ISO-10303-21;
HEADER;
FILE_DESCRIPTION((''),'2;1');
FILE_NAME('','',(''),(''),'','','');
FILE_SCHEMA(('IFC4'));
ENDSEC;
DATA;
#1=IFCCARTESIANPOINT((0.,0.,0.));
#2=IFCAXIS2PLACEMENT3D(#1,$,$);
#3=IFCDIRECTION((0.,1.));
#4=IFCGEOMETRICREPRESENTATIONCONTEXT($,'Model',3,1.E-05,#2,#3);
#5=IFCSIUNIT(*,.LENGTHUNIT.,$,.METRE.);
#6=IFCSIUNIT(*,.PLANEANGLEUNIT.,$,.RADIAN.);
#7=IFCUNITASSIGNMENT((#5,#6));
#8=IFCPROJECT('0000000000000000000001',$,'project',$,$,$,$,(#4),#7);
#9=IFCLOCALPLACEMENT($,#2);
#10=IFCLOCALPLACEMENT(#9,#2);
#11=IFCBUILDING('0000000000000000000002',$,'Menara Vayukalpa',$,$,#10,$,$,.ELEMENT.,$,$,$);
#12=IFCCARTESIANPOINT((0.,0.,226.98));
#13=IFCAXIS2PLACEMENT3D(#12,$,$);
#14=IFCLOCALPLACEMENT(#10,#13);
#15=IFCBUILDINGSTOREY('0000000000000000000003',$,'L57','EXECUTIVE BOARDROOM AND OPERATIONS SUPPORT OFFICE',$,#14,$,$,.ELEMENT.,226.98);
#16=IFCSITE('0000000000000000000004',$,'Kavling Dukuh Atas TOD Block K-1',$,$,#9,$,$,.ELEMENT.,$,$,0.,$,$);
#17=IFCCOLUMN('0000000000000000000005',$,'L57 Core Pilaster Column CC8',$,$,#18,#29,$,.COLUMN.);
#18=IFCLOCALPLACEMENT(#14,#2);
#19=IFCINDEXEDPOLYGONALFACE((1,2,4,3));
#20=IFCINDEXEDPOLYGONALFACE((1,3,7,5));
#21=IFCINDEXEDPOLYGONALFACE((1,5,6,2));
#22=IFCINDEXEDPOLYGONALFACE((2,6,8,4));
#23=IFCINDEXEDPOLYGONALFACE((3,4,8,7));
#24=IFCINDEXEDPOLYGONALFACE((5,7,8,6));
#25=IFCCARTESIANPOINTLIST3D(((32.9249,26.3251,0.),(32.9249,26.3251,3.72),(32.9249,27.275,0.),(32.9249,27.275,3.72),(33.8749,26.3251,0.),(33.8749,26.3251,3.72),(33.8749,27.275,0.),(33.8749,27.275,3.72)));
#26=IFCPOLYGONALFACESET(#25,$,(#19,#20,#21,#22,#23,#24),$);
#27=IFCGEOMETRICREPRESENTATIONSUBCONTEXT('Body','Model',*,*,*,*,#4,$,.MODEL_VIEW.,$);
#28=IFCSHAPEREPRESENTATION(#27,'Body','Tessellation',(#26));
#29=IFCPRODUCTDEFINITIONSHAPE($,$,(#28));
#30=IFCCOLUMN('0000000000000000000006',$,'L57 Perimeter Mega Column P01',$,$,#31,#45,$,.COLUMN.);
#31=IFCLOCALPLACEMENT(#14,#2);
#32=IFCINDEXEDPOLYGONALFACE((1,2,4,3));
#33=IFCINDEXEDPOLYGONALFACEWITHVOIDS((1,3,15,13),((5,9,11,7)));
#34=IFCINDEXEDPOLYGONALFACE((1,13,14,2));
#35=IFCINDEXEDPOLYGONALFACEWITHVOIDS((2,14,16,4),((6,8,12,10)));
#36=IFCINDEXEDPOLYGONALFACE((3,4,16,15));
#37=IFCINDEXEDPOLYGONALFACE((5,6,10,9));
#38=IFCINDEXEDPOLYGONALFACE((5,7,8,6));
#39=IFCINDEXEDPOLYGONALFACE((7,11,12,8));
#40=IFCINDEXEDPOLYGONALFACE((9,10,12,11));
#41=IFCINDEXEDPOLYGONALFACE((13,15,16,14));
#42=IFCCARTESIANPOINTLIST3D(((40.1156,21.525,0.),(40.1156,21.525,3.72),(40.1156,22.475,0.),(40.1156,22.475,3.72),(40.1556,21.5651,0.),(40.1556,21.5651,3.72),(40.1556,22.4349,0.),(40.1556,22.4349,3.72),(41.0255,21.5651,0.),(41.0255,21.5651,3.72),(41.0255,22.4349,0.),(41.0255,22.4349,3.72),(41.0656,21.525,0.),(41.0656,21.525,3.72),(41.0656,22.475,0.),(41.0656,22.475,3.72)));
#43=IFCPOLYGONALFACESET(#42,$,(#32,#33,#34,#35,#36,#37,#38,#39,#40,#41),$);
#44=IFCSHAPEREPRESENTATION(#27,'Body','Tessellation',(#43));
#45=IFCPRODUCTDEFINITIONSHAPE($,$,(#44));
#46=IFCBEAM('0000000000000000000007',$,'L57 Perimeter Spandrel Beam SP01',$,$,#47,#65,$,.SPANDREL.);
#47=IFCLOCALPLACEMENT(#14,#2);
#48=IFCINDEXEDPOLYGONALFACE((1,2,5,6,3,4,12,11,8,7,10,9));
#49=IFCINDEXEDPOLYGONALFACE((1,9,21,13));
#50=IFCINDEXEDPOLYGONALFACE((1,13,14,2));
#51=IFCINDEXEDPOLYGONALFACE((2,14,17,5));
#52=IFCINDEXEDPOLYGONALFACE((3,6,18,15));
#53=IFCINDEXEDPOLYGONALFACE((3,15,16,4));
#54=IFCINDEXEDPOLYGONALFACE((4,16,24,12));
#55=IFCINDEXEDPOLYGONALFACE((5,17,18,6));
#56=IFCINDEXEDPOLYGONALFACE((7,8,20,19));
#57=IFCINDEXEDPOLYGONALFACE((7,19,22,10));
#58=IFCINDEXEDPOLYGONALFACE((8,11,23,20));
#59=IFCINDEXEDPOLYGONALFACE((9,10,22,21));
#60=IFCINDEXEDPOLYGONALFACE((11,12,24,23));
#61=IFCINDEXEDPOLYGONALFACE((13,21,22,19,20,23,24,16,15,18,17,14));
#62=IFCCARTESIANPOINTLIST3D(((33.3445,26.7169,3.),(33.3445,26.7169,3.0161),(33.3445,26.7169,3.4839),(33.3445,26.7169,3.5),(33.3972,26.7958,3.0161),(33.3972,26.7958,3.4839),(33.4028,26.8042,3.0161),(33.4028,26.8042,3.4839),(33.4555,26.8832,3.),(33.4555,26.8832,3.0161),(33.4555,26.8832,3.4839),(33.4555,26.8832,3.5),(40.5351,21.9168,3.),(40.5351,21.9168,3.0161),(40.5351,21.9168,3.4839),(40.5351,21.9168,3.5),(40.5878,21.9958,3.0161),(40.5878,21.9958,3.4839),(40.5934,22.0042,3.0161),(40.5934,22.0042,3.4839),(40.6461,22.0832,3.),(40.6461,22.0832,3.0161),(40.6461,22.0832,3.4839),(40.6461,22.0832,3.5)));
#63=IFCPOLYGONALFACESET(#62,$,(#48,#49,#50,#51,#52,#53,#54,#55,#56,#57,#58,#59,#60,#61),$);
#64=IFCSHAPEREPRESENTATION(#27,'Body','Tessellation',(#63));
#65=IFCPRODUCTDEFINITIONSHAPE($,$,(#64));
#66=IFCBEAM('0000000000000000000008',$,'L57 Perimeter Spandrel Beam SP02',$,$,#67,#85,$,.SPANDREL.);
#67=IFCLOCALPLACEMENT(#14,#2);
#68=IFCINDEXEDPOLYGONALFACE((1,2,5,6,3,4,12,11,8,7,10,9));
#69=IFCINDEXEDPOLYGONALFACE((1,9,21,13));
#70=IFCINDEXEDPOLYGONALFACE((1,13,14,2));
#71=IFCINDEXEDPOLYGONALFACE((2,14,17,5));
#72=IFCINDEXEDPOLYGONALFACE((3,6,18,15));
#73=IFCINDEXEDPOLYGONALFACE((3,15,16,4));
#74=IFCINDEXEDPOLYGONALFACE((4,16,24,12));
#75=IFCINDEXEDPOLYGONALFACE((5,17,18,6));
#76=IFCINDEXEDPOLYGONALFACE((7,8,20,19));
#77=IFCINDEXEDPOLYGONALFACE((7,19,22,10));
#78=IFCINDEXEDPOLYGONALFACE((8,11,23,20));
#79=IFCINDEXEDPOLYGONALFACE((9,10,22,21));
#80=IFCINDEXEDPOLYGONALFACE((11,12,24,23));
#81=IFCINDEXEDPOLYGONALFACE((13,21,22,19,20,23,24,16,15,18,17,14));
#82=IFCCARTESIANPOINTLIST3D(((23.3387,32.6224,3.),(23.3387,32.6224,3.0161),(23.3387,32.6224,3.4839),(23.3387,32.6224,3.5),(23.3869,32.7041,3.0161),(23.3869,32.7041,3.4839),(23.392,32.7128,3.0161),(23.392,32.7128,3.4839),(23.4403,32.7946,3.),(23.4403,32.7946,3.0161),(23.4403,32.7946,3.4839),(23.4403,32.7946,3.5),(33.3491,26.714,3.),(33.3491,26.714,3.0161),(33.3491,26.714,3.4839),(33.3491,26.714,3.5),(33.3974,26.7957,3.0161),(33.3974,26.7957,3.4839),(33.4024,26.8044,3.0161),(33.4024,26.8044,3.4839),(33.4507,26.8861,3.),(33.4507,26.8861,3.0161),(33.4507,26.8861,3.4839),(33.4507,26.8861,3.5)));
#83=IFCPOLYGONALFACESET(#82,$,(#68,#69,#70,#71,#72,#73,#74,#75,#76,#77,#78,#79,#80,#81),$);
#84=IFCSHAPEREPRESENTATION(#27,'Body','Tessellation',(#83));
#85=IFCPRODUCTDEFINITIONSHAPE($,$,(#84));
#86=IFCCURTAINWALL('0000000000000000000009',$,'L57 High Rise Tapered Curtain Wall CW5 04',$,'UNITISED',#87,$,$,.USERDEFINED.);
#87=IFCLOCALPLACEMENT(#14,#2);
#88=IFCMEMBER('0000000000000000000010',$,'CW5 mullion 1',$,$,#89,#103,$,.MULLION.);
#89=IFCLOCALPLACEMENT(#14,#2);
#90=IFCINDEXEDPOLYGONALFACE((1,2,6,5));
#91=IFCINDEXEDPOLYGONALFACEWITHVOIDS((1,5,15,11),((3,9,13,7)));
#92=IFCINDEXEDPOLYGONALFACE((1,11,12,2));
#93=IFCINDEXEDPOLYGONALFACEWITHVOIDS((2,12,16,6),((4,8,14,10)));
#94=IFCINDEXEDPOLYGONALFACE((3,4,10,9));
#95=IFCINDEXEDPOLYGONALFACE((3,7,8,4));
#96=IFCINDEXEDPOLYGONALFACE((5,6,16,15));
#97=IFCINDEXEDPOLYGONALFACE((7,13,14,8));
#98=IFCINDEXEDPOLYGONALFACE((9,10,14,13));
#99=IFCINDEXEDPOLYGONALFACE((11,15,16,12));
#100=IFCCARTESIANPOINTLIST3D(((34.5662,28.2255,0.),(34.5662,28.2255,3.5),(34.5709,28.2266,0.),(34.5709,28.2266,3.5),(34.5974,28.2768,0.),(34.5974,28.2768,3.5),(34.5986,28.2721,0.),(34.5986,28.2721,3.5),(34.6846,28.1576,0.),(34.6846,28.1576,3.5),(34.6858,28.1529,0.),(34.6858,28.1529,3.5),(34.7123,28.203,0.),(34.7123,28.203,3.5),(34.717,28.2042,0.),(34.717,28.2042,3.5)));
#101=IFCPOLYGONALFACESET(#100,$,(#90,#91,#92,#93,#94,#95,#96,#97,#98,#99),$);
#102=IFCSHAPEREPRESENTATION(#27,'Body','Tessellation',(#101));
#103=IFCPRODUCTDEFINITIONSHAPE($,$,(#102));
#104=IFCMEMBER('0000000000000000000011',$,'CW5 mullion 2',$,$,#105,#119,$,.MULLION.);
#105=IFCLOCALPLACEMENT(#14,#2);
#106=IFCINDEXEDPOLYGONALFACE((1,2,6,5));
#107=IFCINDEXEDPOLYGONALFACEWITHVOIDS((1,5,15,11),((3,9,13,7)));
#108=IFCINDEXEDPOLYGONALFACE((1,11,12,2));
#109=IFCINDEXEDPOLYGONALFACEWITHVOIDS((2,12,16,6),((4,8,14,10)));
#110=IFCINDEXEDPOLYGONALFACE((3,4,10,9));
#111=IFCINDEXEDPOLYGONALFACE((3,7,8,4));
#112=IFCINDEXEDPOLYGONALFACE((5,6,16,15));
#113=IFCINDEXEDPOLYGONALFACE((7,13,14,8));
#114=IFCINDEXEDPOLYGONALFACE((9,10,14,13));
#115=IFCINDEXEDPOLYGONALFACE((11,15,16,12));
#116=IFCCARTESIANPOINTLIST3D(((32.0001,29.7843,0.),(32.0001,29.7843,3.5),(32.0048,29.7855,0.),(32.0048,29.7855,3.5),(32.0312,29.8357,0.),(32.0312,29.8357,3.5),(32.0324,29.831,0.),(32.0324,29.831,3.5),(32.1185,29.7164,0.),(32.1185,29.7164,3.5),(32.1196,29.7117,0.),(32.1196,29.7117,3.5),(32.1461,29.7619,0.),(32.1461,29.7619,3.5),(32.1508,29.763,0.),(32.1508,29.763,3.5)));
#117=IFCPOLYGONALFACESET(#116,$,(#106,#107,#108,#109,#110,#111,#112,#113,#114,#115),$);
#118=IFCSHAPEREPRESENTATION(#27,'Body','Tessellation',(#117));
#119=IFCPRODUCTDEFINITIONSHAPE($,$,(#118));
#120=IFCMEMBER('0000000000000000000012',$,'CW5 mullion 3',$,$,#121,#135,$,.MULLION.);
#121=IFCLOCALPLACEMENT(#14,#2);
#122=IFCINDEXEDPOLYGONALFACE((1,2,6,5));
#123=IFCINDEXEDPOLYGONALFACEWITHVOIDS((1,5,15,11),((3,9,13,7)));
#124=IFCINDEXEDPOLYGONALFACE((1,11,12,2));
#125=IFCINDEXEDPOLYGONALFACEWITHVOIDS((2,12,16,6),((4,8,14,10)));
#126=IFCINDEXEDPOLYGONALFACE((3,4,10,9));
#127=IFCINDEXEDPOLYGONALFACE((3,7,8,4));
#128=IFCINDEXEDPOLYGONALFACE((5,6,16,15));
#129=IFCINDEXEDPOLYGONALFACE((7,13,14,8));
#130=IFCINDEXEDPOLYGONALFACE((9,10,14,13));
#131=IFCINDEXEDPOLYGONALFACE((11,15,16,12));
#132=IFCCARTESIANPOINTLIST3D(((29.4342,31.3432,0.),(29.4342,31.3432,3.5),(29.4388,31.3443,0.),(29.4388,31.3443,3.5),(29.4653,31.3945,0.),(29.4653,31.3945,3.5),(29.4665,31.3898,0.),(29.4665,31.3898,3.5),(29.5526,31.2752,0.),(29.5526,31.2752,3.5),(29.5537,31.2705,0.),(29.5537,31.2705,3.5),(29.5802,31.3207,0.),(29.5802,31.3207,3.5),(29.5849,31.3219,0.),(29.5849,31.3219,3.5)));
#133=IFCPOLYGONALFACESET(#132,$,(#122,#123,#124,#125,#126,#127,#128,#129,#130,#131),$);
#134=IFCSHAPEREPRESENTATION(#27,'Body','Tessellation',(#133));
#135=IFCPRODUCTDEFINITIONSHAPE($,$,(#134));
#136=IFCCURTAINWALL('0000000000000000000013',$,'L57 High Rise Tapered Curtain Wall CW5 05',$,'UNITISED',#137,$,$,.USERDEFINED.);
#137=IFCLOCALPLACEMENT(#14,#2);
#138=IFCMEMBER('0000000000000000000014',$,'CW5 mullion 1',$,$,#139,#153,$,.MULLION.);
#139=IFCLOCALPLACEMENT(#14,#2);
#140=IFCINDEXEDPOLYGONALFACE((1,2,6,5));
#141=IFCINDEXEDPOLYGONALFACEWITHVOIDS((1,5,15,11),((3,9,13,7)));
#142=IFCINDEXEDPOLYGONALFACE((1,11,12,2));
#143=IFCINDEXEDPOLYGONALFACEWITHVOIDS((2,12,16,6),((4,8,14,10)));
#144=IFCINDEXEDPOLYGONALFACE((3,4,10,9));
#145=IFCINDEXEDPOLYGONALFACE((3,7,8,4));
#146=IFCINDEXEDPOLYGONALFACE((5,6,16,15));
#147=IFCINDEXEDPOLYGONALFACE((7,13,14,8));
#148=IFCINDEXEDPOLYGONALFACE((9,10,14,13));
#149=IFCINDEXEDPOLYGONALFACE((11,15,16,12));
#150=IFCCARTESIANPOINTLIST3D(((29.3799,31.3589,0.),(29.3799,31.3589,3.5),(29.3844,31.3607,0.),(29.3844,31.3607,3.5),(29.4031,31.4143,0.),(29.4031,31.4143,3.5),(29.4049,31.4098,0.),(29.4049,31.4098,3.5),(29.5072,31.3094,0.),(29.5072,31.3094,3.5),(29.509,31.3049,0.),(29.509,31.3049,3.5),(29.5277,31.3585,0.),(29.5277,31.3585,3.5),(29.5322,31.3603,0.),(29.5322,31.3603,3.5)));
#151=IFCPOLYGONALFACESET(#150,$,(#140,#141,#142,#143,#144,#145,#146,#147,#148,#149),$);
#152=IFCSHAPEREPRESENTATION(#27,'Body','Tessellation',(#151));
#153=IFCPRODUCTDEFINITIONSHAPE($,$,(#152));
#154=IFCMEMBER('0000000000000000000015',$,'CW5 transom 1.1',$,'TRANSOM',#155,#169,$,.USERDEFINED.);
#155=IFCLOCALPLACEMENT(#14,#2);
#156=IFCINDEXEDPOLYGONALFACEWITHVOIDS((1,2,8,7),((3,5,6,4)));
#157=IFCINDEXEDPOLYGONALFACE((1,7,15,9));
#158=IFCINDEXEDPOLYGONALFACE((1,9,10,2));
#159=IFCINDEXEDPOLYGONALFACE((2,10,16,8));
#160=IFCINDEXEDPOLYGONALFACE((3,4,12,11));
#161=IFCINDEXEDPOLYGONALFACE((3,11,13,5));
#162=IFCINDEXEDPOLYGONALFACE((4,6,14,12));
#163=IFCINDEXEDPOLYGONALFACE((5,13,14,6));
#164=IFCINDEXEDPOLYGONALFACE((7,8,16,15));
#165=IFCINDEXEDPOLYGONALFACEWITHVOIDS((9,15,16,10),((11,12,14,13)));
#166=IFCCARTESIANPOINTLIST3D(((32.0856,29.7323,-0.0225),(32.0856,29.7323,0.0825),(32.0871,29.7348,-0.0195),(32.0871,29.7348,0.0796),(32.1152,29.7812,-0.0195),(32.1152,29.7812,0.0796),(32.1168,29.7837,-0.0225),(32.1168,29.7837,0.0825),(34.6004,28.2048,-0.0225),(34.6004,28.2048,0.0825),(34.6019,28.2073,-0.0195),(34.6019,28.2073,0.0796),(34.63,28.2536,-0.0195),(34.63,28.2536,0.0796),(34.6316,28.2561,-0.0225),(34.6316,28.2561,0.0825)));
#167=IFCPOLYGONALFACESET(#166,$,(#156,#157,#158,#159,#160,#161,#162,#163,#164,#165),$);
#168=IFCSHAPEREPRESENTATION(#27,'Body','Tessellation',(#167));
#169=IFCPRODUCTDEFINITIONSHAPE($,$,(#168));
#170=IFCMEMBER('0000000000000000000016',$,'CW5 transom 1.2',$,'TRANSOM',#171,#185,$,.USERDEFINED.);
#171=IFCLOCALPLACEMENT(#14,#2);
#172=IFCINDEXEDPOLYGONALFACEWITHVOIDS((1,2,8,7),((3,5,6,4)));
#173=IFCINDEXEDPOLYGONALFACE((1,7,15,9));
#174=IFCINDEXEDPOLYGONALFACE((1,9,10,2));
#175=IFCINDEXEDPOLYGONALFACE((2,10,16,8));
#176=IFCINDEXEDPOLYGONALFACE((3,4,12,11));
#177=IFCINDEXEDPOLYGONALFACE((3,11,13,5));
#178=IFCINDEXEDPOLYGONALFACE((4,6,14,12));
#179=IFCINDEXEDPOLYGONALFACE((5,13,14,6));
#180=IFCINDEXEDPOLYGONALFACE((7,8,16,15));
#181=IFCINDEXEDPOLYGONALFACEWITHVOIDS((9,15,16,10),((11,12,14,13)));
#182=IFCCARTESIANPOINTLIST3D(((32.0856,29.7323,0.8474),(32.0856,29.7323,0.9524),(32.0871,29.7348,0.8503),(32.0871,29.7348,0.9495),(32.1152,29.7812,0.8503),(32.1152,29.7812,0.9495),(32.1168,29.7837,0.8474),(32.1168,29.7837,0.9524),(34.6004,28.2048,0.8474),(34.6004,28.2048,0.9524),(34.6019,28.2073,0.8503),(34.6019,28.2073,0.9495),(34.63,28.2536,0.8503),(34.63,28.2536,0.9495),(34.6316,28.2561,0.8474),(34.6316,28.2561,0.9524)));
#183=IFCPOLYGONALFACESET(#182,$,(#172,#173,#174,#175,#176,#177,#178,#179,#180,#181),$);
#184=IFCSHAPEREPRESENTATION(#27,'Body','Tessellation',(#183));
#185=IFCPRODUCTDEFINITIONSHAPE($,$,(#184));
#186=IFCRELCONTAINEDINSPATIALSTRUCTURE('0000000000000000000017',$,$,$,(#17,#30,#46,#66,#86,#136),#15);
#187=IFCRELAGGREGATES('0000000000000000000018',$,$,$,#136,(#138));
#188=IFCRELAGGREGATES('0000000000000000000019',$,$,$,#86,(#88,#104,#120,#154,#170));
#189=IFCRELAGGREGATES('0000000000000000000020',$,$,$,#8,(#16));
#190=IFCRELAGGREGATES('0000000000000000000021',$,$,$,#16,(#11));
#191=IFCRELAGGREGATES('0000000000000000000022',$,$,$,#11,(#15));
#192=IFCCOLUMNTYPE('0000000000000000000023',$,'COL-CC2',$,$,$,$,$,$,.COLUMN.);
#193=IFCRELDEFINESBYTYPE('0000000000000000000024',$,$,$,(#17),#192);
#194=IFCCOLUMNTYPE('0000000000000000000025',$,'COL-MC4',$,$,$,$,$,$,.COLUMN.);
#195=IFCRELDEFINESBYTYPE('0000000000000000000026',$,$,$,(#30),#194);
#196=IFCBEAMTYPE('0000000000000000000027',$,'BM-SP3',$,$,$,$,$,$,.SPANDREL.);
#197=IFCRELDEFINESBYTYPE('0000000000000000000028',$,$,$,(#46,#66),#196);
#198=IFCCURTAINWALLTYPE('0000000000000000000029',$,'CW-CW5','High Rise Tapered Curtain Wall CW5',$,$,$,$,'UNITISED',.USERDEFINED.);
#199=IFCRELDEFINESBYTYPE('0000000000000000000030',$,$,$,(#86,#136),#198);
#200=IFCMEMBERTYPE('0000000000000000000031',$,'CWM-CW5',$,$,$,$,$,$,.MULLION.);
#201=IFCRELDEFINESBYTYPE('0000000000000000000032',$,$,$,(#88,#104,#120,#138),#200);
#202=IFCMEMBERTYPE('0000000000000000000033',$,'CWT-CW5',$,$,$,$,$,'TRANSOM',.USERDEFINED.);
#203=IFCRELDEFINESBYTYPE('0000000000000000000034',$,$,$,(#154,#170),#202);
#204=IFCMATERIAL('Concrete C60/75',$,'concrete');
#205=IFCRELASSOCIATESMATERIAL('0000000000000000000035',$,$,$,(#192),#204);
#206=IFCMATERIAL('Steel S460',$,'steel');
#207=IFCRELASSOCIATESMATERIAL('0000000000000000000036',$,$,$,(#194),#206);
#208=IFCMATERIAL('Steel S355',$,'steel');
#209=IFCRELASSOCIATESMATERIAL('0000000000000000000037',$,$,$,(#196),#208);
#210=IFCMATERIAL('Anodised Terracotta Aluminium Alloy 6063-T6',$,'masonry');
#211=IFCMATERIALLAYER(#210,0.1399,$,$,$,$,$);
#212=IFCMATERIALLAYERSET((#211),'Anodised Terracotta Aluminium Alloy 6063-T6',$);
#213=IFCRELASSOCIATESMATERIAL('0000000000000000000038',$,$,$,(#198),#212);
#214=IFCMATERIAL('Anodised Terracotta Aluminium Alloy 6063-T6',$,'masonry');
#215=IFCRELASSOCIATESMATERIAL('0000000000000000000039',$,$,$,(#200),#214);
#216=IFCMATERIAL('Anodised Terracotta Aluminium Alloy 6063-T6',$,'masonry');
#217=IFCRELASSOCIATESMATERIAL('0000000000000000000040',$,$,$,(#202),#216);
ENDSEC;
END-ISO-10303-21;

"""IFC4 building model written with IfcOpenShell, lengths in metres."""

from ifc_helpers import new_model, si_unit, direction, frame, origin, origin_2d, place, context, subcontext, project, spatial, rectangle, hollow_rectangle, i_section, extrude, material, layer, layer_set, material_profile, profile_set, type_object, element, aggregate, save


model = new_model("IFC4")

# Units and contexts
model_context = context("Model", 3, precision=1e-05, world=origin(), true_north=direction((0.0, 1.0)))
body_context = subcontext(model_context, "Body", "Model", "MODEL_VIEW")
ifc_project = project(units=[si_unit("LENGTHUNIT", "METRE"), si_unit("PLANEANGLEUNIT", "RADIAN")], contexts=[model_context])

# Site, building, storey
site_placement = place(None, origin())
site = spatial("IfcSite", under=ifc_project, at=site_placement, Name="Kavling Dukuh Atas TOD Block K-1", CompositionType="ELEMENT", RefElevation=0.0)
building_placement = place(site_placement, origin())
building = spatial("IfcBuilding", under=site, at=building_placement, Name="Menara Vayukalpa", CompositionType="ELEMENT")
storey_placement = place(building_placement, frame((0.0, 0.0, 226.98)))
storey = spatial("IfcBuildingStorey", under=building, at=storey_placement, Name="L57", Description="EXECUTIVE BOARDROOM AND OPERATIONS SUPPORT OFFICE", CompositionType="ELEMENT", Elevation=226.98)

# Columns
ifc_material_1 = material(Name="Concrete C60/75", Category="concrete")
ifc_material_profile_1 = material_profile(ifc_material_1, rectangle(XDim=0.95, YDim=0.95, at=origin_2d()), Name="RC 950x950")
ifc_profile_set_1 = profile_set([ifc_material_profile_1], Name="Concrete C60/75")
column_type_1 = type_object("IfcColumnType", Name="COL-CC2", PredefinedType="COLUMN", material=ifc_profile_set_1)
column_1_placement = place(storey_placement, frame((33.3999, 26.8, 0.0), z_axis=(0.0, 0.0, 1.0), x_axis=(1.0, 0.0, 0.0)))
element("IfcColumn", 1, at=column_1_placement, inside=storey, type_object=column_type_1, Name="L57 Core Pilaster Column CC8", PredefinedType="COLUMN", context=body_context, shape_type="SweptSolid", body=[
    extrude(rectangle(XDim=0.95, YDim=0.95, at=origin_2d()), origin(), (0.0, 0.0, 1.0), 3.72),
])
ifc_material_2 = material(Name="Steel S460", Category="steel")
ifc_material_profile_2 = material_profile(ifc_material_2, hollow_rectangle(XDim=0.95, YDim=0.95, WallThickness=0.04, at=origin_2d()), Name="BOX 950x950x40")
ifc_profile_set_2 = profile_set([ifc_material_profile_2], Name="Steel S460")
column_type_2 = type_object("IfcColumnType", Name="COL-MC4", PredefinedType="COLUMN", material=ifc_profile_set_2)
column_2_placement = place(storey_placement, frame((40.5906, 22.0, 0.0), z_axis=(0.0, 0.0, 1.0), x_axis=(1.0, 0.0, 0.0)))
element("IfcColumn", 2, at=column_2_placement, inside=storey, type_object=column_type_2, Name="L57 Perimeter Mega Column P01", PredefinedType="COLUMN", context=body_context, shape_type="SweptSolid", body=[
    extrude(hollow_rectangle(XDim=0.95, YDim=0.95, WallThickness=0.04, at=origin_2d()), origin(), (0.0, 0.0, 1.0), 3.72),
])

# Beams
ifc_material_3 = material(Name="Steel S355", Category="steel")
ifc_material_profile_3 = material_profile(ifc_material_3, i_section(OverallWidth=0.2, OverallDepth=0.5, WebThickness=0.01, FlangeThickness=0.0161, at=origin_2d()), Name="WF 500x200x10x16")
ifc_profile_set_3 = profile_set([ifc_material_profile_3], Name="Steel S355")
beam_type = type_object("IfcBeamType", Name="BM-SP3", PredefinedType="SPANDREL", material=ifc_profile_set_3)
beam_1_placement = place(storey_placement, frame((40.5906, 22.0, 3.25), z_axis=(-0.831716, 0.555202, 0.0), x_axis=(-0.555202, -0.831716, 0.0)))
element("IfcBeam", 3, at=beam_1_placement, inside=storey, type_object=beam_type, Name="L57 Perimeter Spandrel Beam SP01", PredefinedType="SPANDREL", context=body_context, shape_type="SweptSolid", body=[
    extrude(i_section(OverallWidth=0.2, OverallDepth=0.5, WebThickness=0.01, FlangeThickness=0.0161, at=origin_2d()), origin(), (0.0, 0.0, 1.0), 8.6455),
])
beam_2_placement = place(storey_placement, frame((33.3999, 26.8, 3.25), z_axis=(-0.861184, 0.508293, 0.0), x_axis=(-0.508293, -0.861184, 0.0)))
element("IfcBeam", 4, at=beam_2_placement, inside=storey, type_object=beam_type, Name="L57 Perimeter Spandrel Beam SP02", PredefinedType="SPANDREL", context=body_context, shape_type="SweptSolid", body=[
    extrude(i_section(OverallWidth=0.2, OverallDepth=0.5, WebThickness=0.01, FlangeThickness=0.0161, at=origin_2d()), origin(), (0.0, 0.0, 1.0), 11.624),
])

# Curtain wall, members
ifc_material_4 = material(Name="Anodised Terracotta Aluminium Alloy 6063-T6", Category="masonry")
ifc_layer_1 = layer(ifc_material_4, 0.1399)
ifc_layer_set_1 = layer_set([ifc_layer_1], Name="Anodised Terracotta Aluminium Alloy 6063-T6")
curtain_wall_type = type_object("IfcCurtainWallType", Name="CW-CW5", Description="High Rise Tapered Curtain Wall CW5", ElementType="UNITISED", PredefinedType="USERDEFINED", material=ifc_layer_set_1)
curtain_wall_1_placement = place(storey_placement, origin())
curtain_wall_1 = element("IfcCurtainWall", 5, at=curtain_wall_1_placement, inside=storey, type_object=curtain_wall_type, Name="L57 High Rise Tapered Curtain Wall CW5 04", ObjectType="UNITISED", PredefinedType="USERDEFINED")
ifc_material_5 = material(Name="Anodised Terracotta Aluminium Alloy 6063-T6", Category="masonry")
ifc_material_profile_4 = material_profile(ifc_material_5, hollow_rectangle(XDim=0.0601, YDim=0.1399, WallThickness=0.0034, at=origin_2d()), Name="ALU 60x140x3.5")
ifc_profile_set_4 = profile_set([ifc_material_profile_4], Name="Anodised Terracotta Aluminium Alloy 6063-T6")
member_type_1 = type_object("IfcMemberType", Name="CWM-CW5", PredefinedType="MULLION", material=ifc_profile_set_4)
member_1_placement = place(storey_placement, frame((34.6416, 28.2148, 0.0), z_axis=(0.0, 0.0, 1.0), x_axis=(-0.51918, -0.854665, 0.0)))
member_1 = element("IfcMember", 6, at=member_1_placement, type_object=member_type_1, Name="CW5 mullion 1", PredefinedType="MULLION", context=body_context, shape_type="SweptSolid", body=[
    extrude(hollow_rectangle(XDim=0.0601, YDim=0.1399, WallThickness=0.0034, at=origin_2d()), origin(), (0.0, 0.0, 1.0), 3.5),
])
member_2_placement = place(storey_placement, frame((32.0754, 29.7737, 0.0), z_axis=(0.0, 0.0, 1.0), x_axis=(-0.51918, -0.854665, 0.0)))
member_2 = element("IfcMember", 7, at=member_2_placement, type_object=member_type_1, Name="CW5 mullion 2", PredefinedType="MULLION", context=body_context, shape_type="SweptSolid", body=[
    extrude(hollow_rectangle(XDim=0.0601, YDim=0.1399, WallThickness=0.0034, at=origin_2d()), origin(), (0.0, 0.0, 1.0), 3.5),
])
member_3_placement = place(storey_placement, frame((29.5095, 31.3325, 0.0), z_axis=(0.0, 0.0, 1.0), x_axis=(-0.51918, -0.854665, 0.0)))
member_3 = element("IfcMember", 8, at=member_3_placement, type_object=member_type_1, Name="CW5 mullion 3", PredefinedType="MULLION", context=body_context, shape_type="SweptSolid", body=[
    extrude(hollow_rectangle(XDim=0.0601, YDim=0.1399, WallThickness=0.0034, at=origin_2d()), origin(), (0.0, 0.0, 1.0), 3.5),
])

# Curtain wall, member
curtain_wall_2_placement = place(storey_placement, origin())
curtain_wall_2 = element("IfcCurtainWall", 9, at=curtain_wall_2_placement, inside=storey, type_object=curtain_wall_type, Name="L57 High Rise Tapered Curtain Wall CW5 05", ObjectType="UNITISED", PredefinedType="USERDEFINED")
member_4_placement = place(storey_placement, frame((29.4561, 31.3596, 0.0), z_axis=(0.0, 0.0, 1.0), x_axis=(-0.385903, -0.922539, 0.0)))
member_4 = element("IfcMember", 10, at=member_4_placement, type_object=member_type_1, Name="CW5 mullion 1", PredefinedType="MULLION", context=body_context, shape_type="SweptSolid", body=[
    extrude(hollow_rectangle(XDim=0.0601, YDim=0.1399, WallThickness=0.0034, at=origin_2d()), origin(), (0.0, 0.0, 1.0), 3.5),
])

# Members
ifc_material_6 = material(Name="Anodised Terracotta Aluminium Alloy 6063-T6", Category="masonry")
ifc_material_profile_5 = material_profile(ifc_material_6, hollow_rectangle(XDim=0.0601, YDim=0.105, WallThickness=0.0029, at=origin_2d()), Name="ALU 60x105x3")
ifc_profile_set_5 = profile_set([ifc_material_profile_5], Name="Anodised Terracotta Aluminium Alloy 6063-T6")
member_type_2 = type_object("IfcMemberType", Name="CWT-CW5", ElementType="TRANSOM", PredefinedType="USERDEFINED", material=ifc_profile_set_5)
member_5_placement = place(storey_placement, frame((34.616, 28.2305, 0.03), z_axis=(-0.854684, 0.519149, 0.0), x_axis=(-0.519149, -0.854684, 0.0)))
member_5 = element("IfcMember", 11, at=member_5_placement, type_object=member_type_2, Name="CW5 transom 1.1", ObjectType="TRANSOM", PredefinedType="USERDEFINED", context=body_context, shape_type="SweptSolid", body=[
    extrude(hollow_rectangle(XDim=0.0601, YDim=0.105, WallThickness=0.0029, at=origin_2d()), origin(), (0.0, 0.0, 1.0), 2.9424),
])
member_6_placement = place(storey_placement, frame((34.616, 28.2305, 0.8999), z_axis=(-0.854684, 0.519149, 0.0), x_axis=(-0.519149, -0.854684, 0.0)))
member_6 = element("IfcMember", 12, at=member_6_placement, type_object=member_type_2, Name="CW5 transom 1.2", ObjectType="TRANSOM", PredefinedType="USERDEFINED", context=body_context, shape_type="SweptSolid", body=[
    extrude(hollow_rectangle(XDim=0.0601, YDim=0.105, WallThickness=0.0029, at=origin_2d()), origin(), (0.0, 0.0, 1.0), 2.9424),
])
aggregate(curtain_wall_2, [member_4])

aggregate(curtain_wall_1, [member_1, member_2, member_3, member_5, member_6])

save(model, "model.ifc")
